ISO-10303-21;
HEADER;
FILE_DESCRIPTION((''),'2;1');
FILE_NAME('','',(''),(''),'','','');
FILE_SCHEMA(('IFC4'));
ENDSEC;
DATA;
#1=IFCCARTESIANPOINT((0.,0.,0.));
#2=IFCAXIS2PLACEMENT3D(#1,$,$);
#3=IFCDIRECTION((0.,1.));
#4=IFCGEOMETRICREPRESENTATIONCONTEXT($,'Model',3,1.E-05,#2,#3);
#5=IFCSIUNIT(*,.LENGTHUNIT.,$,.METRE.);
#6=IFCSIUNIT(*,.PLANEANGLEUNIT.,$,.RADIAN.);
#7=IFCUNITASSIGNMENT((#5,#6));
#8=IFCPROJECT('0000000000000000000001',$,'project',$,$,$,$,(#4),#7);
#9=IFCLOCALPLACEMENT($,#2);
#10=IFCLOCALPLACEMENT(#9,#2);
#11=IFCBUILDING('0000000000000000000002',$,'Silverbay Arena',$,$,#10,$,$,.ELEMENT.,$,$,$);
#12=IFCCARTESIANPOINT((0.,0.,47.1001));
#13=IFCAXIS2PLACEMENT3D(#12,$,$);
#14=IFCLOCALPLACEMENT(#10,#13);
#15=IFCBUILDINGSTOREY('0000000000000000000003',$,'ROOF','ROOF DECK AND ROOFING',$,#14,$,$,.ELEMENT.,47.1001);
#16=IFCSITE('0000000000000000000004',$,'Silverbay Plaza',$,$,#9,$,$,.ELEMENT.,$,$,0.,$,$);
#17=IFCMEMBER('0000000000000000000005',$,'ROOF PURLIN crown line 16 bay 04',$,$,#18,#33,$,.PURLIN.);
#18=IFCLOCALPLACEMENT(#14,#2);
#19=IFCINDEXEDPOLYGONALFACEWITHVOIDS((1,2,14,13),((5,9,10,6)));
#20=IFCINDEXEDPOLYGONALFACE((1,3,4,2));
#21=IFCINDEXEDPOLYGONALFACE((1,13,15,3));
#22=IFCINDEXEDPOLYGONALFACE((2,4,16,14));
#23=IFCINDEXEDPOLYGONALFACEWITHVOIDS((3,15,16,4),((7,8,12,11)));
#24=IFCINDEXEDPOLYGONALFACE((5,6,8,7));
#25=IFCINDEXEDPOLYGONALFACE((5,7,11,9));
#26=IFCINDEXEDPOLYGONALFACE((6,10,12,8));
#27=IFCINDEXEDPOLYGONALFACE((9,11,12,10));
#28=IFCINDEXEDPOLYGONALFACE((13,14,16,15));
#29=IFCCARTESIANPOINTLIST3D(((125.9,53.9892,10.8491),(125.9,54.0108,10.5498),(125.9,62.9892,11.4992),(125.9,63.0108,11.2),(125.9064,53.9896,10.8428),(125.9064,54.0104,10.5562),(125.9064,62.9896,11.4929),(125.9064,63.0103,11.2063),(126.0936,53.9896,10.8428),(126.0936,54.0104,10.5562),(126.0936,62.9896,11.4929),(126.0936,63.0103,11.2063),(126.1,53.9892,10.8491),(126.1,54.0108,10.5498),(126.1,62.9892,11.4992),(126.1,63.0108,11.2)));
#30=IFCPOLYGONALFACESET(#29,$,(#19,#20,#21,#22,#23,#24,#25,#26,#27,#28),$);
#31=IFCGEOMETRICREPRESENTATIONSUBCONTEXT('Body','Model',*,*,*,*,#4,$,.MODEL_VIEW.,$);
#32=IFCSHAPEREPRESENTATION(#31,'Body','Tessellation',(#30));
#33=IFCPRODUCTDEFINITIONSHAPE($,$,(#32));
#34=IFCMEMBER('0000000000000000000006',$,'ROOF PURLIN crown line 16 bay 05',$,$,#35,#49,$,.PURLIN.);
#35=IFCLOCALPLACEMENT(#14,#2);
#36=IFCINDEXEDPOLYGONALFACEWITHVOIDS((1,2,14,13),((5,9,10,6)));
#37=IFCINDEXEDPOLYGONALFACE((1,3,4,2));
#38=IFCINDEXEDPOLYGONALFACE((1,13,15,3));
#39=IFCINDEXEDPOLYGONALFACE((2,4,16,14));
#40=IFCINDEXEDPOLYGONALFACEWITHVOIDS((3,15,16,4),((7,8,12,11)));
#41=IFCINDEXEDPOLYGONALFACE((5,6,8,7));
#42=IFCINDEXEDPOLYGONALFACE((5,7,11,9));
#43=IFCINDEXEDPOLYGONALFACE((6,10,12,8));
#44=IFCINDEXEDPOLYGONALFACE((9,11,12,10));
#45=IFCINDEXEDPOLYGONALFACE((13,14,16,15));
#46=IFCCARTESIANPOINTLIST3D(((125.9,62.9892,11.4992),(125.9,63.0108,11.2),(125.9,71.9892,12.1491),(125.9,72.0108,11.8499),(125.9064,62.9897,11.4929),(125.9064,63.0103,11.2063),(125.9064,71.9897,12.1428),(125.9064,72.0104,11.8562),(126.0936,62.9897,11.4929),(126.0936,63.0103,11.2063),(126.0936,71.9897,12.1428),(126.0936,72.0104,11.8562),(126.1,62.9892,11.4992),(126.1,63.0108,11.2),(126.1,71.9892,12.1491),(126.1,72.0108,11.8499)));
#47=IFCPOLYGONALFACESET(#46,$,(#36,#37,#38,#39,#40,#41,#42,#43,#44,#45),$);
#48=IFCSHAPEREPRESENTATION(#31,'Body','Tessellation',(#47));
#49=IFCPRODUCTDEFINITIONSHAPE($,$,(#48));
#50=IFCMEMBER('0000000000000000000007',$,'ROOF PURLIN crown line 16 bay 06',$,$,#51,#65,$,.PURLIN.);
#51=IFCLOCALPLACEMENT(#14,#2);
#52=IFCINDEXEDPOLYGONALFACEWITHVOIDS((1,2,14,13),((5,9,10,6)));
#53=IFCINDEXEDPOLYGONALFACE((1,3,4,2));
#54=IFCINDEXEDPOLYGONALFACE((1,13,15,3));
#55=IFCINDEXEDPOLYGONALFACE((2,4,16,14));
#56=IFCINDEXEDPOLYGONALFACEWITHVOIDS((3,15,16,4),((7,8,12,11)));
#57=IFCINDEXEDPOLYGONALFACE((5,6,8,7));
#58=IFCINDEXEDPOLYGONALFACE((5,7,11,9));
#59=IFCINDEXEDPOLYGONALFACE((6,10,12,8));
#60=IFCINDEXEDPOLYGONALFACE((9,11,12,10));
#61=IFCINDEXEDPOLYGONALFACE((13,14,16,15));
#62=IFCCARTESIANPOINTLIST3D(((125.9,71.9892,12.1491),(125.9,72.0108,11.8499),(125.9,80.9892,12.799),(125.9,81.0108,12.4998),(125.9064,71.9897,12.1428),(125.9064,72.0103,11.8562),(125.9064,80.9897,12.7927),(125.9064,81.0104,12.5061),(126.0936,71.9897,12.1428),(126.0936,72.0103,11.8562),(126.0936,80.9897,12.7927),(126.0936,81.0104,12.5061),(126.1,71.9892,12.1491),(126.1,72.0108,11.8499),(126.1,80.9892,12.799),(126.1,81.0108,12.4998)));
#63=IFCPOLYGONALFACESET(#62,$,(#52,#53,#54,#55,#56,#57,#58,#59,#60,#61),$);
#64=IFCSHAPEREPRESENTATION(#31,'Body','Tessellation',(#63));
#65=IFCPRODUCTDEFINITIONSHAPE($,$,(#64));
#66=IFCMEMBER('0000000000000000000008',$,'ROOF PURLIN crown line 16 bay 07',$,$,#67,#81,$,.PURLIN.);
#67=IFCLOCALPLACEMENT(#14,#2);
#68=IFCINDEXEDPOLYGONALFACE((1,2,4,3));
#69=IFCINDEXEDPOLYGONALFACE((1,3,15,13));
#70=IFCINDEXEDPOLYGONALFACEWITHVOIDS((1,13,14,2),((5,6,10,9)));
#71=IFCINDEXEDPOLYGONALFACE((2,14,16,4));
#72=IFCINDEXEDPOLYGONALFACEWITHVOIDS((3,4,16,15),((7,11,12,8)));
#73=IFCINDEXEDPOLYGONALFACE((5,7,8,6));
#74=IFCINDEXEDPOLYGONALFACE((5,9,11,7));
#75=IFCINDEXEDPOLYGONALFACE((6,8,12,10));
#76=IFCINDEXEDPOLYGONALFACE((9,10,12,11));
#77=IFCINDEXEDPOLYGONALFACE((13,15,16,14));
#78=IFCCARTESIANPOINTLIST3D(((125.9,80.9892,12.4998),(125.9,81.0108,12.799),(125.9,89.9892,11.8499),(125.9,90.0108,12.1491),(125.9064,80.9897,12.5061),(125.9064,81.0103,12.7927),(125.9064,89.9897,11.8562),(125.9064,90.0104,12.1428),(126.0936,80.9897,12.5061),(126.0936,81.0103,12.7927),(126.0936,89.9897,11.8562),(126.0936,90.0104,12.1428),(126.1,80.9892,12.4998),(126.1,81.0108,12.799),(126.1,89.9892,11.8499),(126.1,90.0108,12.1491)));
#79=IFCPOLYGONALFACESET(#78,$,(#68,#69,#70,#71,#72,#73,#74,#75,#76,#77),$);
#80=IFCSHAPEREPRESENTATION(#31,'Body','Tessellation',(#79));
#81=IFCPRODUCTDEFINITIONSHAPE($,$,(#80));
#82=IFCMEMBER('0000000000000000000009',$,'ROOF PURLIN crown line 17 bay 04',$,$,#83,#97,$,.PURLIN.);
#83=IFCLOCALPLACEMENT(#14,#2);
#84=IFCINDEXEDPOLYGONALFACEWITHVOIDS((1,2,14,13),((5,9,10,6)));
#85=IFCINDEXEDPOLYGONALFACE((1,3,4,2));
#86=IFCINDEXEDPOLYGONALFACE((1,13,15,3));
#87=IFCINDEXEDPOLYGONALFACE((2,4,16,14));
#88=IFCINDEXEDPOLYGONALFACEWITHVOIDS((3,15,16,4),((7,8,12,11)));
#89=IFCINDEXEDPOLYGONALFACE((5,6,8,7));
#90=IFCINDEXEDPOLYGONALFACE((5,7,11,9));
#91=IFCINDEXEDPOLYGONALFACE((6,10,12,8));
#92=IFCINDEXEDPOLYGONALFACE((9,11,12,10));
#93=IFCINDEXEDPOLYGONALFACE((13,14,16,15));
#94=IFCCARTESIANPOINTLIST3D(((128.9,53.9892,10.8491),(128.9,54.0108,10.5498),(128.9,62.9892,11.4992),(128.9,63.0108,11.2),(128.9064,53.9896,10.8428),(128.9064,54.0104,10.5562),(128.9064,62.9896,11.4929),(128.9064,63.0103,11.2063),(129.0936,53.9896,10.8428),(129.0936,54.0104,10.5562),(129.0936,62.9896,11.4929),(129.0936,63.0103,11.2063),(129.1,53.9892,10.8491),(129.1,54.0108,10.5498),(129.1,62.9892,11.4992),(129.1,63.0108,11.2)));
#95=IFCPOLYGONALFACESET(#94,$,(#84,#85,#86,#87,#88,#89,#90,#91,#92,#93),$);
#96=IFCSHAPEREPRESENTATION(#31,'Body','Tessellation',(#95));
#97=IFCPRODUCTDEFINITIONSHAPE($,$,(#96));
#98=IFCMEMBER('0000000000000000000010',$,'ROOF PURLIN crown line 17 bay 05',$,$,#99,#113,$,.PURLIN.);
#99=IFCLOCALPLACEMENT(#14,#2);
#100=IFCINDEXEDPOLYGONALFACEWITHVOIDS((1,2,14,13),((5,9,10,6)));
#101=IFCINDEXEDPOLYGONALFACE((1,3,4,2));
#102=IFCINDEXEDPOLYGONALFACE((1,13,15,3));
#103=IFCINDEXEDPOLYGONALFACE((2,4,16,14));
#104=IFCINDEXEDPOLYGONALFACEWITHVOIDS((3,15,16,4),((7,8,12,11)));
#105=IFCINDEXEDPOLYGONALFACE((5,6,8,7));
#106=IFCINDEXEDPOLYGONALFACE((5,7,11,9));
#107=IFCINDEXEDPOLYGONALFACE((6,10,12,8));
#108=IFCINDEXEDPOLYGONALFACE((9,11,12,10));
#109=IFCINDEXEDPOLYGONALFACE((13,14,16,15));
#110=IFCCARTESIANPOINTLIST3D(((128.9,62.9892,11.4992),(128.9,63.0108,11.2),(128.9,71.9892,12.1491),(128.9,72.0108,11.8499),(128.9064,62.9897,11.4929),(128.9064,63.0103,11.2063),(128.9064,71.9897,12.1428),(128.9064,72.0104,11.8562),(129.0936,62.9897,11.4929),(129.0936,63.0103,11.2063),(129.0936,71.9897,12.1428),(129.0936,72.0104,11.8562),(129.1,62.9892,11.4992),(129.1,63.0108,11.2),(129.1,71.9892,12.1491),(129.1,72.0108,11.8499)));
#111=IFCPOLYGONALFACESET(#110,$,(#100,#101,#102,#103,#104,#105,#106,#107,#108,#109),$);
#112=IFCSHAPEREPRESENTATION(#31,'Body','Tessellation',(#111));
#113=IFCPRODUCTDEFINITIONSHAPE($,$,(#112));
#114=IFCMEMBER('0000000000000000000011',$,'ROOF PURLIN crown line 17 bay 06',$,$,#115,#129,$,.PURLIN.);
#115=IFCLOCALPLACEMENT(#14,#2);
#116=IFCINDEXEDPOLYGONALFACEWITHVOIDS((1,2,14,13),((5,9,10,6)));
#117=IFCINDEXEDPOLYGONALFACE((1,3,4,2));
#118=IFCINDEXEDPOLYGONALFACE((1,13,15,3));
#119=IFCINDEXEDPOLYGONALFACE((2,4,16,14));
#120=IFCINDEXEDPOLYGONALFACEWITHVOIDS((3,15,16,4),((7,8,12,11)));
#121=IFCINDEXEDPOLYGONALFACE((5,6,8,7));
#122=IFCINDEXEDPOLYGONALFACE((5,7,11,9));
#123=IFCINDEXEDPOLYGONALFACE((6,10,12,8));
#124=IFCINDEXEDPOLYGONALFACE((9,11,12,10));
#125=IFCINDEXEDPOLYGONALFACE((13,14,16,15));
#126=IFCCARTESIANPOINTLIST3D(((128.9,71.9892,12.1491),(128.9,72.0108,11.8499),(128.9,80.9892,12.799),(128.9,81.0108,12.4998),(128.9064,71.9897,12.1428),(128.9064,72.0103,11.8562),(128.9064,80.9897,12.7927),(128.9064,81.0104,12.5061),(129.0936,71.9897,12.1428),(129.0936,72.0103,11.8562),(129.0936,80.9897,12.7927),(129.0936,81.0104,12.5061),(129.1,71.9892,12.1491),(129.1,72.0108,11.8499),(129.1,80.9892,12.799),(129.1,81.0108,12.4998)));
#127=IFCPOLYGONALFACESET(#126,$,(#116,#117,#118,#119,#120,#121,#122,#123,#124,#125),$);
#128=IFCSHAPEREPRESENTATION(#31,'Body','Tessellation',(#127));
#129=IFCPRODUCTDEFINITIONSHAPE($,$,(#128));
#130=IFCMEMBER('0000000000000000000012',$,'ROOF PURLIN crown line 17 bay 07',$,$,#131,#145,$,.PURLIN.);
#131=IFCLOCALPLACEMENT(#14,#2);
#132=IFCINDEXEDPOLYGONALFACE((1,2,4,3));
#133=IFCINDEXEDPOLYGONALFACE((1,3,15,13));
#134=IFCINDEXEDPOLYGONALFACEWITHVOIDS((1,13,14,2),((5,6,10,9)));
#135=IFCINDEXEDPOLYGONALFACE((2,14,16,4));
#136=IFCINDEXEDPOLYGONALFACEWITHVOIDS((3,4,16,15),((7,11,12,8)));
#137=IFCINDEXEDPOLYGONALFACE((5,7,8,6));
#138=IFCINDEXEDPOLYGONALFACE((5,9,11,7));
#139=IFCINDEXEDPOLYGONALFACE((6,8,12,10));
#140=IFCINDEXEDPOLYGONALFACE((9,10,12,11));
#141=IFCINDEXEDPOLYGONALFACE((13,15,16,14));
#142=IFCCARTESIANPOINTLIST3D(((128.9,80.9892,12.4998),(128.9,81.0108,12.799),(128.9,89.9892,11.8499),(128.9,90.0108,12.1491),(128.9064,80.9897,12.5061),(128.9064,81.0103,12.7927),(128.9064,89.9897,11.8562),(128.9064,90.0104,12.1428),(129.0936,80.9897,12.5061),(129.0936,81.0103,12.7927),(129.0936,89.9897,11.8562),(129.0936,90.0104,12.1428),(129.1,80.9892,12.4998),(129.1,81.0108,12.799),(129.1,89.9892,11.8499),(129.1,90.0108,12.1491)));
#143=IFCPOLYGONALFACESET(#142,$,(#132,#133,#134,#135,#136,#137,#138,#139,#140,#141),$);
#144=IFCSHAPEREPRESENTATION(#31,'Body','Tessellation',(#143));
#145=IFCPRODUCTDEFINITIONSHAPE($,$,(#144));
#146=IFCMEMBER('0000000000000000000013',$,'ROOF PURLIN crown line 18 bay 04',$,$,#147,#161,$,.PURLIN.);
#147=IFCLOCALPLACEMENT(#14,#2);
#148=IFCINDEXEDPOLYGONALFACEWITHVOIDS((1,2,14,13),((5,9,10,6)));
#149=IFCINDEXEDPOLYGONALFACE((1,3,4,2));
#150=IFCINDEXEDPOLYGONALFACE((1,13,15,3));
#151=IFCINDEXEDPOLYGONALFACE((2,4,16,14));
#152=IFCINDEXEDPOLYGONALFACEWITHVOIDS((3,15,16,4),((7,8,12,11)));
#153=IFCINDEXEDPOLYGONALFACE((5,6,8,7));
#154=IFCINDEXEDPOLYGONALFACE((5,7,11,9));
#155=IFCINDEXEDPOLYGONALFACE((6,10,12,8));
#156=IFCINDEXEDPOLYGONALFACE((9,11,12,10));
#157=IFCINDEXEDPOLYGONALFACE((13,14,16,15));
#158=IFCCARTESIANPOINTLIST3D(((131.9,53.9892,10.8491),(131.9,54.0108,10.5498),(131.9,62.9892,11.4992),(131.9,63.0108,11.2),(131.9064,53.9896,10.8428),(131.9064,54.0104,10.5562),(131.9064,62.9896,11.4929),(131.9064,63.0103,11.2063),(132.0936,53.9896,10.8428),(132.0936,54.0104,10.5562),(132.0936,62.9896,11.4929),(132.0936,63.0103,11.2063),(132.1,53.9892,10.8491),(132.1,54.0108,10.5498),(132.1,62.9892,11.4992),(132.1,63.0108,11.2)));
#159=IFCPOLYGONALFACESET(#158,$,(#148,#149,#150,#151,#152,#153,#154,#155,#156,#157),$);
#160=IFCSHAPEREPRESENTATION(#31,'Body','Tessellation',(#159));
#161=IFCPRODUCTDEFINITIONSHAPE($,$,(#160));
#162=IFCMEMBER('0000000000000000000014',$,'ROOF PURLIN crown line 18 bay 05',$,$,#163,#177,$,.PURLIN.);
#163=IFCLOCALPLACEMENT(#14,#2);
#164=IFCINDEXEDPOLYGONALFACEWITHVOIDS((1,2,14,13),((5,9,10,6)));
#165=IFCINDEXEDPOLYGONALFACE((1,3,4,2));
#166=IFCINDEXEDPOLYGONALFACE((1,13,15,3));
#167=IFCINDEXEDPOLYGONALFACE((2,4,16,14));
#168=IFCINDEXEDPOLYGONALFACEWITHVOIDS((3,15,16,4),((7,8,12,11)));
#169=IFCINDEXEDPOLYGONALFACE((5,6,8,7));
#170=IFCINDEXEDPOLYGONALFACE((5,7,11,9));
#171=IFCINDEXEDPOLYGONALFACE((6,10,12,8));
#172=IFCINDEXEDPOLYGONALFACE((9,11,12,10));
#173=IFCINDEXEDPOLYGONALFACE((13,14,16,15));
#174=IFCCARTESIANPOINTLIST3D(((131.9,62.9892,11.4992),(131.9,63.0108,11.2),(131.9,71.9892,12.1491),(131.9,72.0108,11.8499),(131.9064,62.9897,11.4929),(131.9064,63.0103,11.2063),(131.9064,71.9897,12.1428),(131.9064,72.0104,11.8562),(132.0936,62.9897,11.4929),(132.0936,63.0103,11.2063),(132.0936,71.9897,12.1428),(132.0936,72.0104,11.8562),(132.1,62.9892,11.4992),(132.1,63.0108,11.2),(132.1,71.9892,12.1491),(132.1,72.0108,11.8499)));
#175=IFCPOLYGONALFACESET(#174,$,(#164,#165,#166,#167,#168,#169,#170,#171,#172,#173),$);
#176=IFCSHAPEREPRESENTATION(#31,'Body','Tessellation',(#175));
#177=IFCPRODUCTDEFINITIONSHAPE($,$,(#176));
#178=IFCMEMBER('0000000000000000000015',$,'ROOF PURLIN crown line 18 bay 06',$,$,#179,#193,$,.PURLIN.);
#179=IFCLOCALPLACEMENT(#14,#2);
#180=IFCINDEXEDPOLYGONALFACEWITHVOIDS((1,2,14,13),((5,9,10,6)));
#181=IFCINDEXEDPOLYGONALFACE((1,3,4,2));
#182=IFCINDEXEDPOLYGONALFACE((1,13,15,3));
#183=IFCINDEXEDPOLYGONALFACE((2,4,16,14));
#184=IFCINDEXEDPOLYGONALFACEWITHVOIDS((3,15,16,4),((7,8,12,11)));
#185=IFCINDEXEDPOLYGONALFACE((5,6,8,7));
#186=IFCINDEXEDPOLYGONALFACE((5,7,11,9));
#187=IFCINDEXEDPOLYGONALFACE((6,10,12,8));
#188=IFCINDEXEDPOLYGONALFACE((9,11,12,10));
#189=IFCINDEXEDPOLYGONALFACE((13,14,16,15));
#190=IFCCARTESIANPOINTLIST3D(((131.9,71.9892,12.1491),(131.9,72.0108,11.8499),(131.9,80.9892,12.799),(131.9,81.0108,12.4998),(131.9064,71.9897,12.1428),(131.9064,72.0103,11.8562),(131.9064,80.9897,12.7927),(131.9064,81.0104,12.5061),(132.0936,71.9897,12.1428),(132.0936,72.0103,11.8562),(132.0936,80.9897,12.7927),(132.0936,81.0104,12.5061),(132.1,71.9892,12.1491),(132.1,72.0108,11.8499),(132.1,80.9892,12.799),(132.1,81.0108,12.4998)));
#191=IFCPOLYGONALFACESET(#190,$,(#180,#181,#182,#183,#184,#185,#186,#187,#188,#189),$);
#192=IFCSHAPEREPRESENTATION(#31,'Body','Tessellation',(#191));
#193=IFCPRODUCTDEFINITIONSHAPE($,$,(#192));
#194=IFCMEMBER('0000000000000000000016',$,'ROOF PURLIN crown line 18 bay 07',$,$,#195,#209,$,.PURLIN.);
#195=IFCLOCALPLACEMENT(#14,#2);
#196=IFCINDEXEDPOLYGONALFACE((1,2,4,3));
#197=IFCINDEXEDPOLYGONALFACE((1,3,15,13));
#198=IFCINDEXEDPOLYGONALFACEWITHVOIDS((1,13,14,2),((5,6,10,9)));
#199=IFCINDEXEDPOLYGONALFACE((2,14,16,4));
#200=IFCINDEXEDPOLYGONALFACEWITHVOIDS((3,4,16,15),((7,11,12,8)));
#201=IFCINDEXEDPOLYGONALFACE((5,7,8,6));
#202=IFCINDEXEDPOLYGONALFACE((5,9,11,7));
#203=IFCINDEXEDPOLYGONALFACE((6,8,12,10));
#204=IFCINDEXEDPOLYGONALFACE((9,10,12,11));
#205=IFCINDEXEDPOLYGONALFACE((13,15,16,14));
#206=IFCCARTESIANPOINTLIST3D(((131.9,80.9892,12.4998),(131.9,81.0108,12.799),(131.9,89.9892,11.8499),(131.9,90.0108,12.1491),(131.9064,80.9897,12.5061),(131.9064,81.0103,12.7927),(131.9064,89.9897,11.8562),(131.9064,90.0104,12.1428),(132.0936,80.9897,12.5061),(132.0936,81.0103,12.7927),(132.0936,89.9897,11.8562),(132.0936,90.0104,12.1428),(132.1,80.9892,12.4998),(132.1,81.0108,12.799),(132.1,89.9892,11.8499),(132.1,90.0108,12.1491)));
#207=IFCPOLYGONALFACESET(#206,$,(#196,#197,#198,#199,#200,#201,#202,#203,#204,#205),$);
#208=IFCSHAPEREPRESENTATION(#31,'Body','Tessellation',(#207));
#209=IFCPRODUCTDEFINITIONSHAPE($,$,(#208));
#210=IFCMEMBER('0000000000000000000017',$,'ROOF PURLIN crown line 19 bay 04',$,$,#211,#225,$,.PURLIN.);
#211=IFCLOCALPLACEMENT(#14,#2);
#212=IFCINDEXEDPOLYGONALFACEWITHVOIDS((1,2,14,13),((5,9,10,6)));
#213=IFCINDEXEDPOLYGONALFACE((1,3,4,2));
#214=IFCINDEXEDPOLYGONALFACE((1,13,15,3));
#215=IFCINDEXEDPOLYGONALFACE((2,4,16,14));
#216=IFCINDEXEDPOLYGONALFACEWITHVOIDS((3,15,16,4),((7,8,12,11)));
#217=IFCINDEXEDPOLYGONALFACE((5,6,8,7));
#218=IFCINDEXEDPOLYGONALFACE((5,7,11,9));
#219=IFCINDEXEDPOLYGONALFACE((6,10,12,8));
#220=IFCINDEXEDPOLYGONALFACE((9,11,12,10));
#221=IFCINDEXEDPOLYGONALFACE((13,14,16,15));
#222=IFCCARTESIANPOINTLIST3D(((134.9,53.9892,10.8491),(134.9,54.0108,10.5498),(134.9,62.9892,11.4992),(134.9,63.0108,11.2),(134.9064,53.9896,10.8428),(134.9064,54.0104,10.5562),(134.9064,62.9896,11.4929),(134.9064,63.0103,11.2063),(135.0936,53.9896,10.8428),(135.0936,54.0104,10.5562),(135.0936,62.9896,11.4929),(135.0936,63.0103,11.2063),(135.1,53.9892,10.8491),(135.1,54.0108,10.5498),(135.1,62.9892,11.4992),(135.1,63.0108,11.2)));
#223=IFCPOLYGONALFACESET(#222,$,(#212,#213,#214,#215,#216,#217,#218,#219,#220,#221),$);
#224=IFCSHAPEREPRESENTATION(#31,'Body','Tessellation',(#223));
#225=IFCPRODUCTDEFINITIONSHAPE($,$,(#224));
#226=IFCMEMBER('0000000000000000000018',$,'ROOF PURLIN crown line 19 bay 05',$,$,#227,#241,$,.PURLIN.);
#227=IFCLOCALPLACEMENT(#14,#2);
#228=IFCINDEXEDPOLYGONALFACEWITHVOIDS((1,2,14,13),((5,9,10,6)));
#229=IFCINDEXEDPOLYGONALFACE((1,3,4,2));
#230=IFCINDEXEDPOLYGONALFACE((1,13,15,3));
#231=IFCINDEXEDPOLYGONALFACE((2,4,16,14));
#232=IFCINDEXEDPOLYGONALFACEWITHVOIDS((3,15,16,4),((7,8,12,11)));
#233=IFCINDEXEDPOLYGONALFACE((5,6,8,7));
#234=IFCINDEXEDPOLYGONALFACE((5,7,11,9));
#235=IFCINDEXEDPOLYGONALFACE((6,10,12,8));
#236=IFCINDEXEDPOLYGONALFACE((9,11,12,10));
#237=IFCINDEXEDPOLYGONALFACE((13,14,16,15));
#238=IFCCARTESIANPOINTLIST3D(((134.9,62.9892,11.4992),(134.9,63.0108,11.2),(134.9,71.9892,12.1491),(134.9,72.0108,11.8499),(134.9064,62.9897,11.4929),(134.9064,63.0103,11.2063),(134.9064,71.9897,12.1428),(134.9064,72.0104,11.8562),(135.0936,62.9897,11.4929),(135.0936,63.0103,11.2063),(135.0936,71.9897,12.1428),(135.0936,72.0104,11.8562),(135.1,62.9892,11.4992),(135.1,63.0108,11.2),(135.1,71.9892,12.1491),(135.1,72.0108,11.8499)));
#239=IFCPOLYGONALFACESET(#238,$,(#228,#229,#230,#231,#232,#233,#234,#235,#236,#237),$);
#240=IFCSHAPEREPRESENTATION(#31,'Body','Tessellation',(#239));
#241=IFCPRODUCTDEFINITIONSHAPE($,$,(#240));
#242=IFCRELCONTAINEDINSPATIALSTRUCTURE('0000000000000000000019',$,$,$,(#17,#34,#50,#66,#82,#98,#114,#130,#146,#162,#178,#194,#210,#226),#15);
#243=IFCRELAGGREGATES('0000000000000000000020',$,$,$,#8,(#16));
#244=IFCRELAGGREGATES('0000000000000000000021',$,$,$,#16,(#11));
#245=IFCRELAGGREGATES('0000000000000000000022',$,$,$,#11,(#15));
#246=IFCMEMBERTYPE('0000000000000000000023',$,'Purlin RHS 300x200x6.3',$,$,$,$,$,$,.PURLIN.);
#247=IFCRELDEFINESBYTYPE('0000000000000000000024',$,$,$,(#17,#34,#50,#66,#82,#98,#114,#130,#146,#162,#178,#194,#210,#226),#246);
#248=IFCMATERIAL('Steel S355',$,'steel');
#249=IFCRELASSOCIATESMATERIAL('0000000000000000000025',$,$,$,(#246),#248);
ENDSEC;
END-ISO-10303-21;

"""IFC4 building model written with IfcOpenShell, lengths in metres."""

from ifc_helpers import new_model, si_unit, direction, frame, origin, origin_2d, place, context, subcontext, project, spatial, hollow_rectangle, extrude, material, material_profile, profile_set, type_object, element, save


model = new_model("IFC4")

# Units and contexts
model_context = context("Model", 3, precision=1e-05, world=origin(), true_north=direction((0.0, 1.0)))
body_context = subcontext(model_context, "Body", "Model", "MODEL_VIEW")
ifc_project = project(units=[si_unit("LENGTHUNIT", "METRE"), si_unit("PLANEANGLEUNIT", "RADIAN")], contexts=[model_context])

# Site, building, storey
site_placement = place(None, origin())
site = spatial("IfcSite", under=ifc_project, at=site_placement, Name="Silverbay Plaza", CompositionType="ELEMENT", RefElevation=0.0)
building_placement = place(site_placement, origin())
building = spatial("IfcBuilding", under=site, at=building_placement, Name="Silverbay Arena", CompositionType="ELEMENT")
storey_placement = place(building_placement, frame((0.0, 0.0, 47.1001)))
storey = spatial("IfcBuildingStorey", under=building, at=storey_placement, Name="ROOF", Description="ROOF DECK AND ROOFING", CompositionType="ELEMENT", Elevation=47.1001)

# Members
ifc_material_1 = material(Name="Steel S355", Category="steel")
ifc_material_profile_1 = material_profile(ifc_material_1, hollow_rectangle(XDim=0.2, YDim=0.3, WallThickness=0.0063, at=origin_2d()), Name="RHS 300x200x6.3")
ifc_profile_set_1 = profile_set([ifc_material_profile_1], Name="Steel S355")
member_type_1 = type_object("IfcMemberType", Name="Purlin RHS 300x200x6.3", PredefinedType="PURLIN", material=ifc_profile_set_1)
for number, where, z_axis, x_axis, name in (
    (1, (126.0, 54.0, 10.6995), (0.0, 0.997401, 0.072051), (-1.0, 0.0, 0.0), "ROOF PURLIN crown line 16 bay 04"),
    (2, (126.0, 63.0, 11.3496), (0.0, 0.997403, 0.072024), (-1.0, 0.0, 0.0), "ROOF PURLIN crown line 16 bay 05"),
    (3, (126.0, 72.0, 11.9995), (0.0, 0.997403, 0.072024), (-1.0, 0.0, 0.0), "ROOF PURLIN crown line 16 bay 06"),
    (4, (126.0, 81.0, 12.6494), (0.0, 0.997403, -0.072024), (-1.0, 0.0, 0.0), "ROOF PURLIN crown line 16 bay 07"),
    (5, (129.0, 54.0, 10.6995), (0.0, 0.997401, 0.072051), (-1.0, 0.0, 0.0), "ROOF PURLIN crown line 17 bay 04"),
    (6, (129.0, 63.0, 11.3496), (0.0, 0.997403, 0.072024), (-1.0, 0.0, 0.0), "ROOF PURLIN crown line 17 bay 05"),
    (7, (129.0, 72.0, 11.9995), (0.0, 0.997403, 0.072024), (-1.0, 0.0, 0.0), "ROOF PURLIN crown line 17 bay 06"),
    (8, (129.0, 81.0, 12.6494), (0.0, 0.997403, -0.072024), (-1.0, 0.0, 0.0), "ROOF PURLIN crown line 17 bay 07"),
    (9, (132.0, 54.0, 10.6995), (0.0, 0.997401, 0.072051), (-1.0, 0.0, 0.0), "ROOF PURLIN crown line 18 bay 04"),
    (10, (132.0, 63.0, 11.3496), (0.0, 0.997403, 0.072024), (-1.0, 0.0, 0.0), "ROOF PURLIN crown line 18 bay 05"),
    (11, (132.0, 72.0, 11.9995), (0.0, 0.997403, 0.072024), (-1.0, 0.0, 0.0), "ROOF PURLIN crown line 18 bay 06"),
    (12, (132.0, 81.0, 12.6494), (0.0, 0.997403, -0.072024), (-1.0, 0.0, 0.0), "ROOF PURLIN crown line 18 bay 07"),
    (13, (135.0, 54.0, 10.6995), (0.0, 0.997401, 0.072051), (-1.0, 0.0, 0.0), "ROOF PURLIN crown line 19 bay 04"),
    (14, (135.0, 63.0, 11.3496), (0.0, 0.997403, 0.072024), (-1.0, 0.0, 0.0), "ROOF PURLIN crown line 19 bay 05"),
):
    element("IfcMember", number, at=place(storey_placement, frame(where, z_axis=z_axis, x_axis=x_axis)), inside=storey, type_object=member_type_1, Name=name, PredefinedType="PURLIN", context=body_context, shape_type="SweptSolid", body=[
        extrude(hollow_rectangle(XDim=0.2, YDim=0.3, WallThickness=0.0063, at=origin_2d()), origin(), (0.0, 0.0, 1.0), 9.0234),
    ])

save(model, "model.ifc")
